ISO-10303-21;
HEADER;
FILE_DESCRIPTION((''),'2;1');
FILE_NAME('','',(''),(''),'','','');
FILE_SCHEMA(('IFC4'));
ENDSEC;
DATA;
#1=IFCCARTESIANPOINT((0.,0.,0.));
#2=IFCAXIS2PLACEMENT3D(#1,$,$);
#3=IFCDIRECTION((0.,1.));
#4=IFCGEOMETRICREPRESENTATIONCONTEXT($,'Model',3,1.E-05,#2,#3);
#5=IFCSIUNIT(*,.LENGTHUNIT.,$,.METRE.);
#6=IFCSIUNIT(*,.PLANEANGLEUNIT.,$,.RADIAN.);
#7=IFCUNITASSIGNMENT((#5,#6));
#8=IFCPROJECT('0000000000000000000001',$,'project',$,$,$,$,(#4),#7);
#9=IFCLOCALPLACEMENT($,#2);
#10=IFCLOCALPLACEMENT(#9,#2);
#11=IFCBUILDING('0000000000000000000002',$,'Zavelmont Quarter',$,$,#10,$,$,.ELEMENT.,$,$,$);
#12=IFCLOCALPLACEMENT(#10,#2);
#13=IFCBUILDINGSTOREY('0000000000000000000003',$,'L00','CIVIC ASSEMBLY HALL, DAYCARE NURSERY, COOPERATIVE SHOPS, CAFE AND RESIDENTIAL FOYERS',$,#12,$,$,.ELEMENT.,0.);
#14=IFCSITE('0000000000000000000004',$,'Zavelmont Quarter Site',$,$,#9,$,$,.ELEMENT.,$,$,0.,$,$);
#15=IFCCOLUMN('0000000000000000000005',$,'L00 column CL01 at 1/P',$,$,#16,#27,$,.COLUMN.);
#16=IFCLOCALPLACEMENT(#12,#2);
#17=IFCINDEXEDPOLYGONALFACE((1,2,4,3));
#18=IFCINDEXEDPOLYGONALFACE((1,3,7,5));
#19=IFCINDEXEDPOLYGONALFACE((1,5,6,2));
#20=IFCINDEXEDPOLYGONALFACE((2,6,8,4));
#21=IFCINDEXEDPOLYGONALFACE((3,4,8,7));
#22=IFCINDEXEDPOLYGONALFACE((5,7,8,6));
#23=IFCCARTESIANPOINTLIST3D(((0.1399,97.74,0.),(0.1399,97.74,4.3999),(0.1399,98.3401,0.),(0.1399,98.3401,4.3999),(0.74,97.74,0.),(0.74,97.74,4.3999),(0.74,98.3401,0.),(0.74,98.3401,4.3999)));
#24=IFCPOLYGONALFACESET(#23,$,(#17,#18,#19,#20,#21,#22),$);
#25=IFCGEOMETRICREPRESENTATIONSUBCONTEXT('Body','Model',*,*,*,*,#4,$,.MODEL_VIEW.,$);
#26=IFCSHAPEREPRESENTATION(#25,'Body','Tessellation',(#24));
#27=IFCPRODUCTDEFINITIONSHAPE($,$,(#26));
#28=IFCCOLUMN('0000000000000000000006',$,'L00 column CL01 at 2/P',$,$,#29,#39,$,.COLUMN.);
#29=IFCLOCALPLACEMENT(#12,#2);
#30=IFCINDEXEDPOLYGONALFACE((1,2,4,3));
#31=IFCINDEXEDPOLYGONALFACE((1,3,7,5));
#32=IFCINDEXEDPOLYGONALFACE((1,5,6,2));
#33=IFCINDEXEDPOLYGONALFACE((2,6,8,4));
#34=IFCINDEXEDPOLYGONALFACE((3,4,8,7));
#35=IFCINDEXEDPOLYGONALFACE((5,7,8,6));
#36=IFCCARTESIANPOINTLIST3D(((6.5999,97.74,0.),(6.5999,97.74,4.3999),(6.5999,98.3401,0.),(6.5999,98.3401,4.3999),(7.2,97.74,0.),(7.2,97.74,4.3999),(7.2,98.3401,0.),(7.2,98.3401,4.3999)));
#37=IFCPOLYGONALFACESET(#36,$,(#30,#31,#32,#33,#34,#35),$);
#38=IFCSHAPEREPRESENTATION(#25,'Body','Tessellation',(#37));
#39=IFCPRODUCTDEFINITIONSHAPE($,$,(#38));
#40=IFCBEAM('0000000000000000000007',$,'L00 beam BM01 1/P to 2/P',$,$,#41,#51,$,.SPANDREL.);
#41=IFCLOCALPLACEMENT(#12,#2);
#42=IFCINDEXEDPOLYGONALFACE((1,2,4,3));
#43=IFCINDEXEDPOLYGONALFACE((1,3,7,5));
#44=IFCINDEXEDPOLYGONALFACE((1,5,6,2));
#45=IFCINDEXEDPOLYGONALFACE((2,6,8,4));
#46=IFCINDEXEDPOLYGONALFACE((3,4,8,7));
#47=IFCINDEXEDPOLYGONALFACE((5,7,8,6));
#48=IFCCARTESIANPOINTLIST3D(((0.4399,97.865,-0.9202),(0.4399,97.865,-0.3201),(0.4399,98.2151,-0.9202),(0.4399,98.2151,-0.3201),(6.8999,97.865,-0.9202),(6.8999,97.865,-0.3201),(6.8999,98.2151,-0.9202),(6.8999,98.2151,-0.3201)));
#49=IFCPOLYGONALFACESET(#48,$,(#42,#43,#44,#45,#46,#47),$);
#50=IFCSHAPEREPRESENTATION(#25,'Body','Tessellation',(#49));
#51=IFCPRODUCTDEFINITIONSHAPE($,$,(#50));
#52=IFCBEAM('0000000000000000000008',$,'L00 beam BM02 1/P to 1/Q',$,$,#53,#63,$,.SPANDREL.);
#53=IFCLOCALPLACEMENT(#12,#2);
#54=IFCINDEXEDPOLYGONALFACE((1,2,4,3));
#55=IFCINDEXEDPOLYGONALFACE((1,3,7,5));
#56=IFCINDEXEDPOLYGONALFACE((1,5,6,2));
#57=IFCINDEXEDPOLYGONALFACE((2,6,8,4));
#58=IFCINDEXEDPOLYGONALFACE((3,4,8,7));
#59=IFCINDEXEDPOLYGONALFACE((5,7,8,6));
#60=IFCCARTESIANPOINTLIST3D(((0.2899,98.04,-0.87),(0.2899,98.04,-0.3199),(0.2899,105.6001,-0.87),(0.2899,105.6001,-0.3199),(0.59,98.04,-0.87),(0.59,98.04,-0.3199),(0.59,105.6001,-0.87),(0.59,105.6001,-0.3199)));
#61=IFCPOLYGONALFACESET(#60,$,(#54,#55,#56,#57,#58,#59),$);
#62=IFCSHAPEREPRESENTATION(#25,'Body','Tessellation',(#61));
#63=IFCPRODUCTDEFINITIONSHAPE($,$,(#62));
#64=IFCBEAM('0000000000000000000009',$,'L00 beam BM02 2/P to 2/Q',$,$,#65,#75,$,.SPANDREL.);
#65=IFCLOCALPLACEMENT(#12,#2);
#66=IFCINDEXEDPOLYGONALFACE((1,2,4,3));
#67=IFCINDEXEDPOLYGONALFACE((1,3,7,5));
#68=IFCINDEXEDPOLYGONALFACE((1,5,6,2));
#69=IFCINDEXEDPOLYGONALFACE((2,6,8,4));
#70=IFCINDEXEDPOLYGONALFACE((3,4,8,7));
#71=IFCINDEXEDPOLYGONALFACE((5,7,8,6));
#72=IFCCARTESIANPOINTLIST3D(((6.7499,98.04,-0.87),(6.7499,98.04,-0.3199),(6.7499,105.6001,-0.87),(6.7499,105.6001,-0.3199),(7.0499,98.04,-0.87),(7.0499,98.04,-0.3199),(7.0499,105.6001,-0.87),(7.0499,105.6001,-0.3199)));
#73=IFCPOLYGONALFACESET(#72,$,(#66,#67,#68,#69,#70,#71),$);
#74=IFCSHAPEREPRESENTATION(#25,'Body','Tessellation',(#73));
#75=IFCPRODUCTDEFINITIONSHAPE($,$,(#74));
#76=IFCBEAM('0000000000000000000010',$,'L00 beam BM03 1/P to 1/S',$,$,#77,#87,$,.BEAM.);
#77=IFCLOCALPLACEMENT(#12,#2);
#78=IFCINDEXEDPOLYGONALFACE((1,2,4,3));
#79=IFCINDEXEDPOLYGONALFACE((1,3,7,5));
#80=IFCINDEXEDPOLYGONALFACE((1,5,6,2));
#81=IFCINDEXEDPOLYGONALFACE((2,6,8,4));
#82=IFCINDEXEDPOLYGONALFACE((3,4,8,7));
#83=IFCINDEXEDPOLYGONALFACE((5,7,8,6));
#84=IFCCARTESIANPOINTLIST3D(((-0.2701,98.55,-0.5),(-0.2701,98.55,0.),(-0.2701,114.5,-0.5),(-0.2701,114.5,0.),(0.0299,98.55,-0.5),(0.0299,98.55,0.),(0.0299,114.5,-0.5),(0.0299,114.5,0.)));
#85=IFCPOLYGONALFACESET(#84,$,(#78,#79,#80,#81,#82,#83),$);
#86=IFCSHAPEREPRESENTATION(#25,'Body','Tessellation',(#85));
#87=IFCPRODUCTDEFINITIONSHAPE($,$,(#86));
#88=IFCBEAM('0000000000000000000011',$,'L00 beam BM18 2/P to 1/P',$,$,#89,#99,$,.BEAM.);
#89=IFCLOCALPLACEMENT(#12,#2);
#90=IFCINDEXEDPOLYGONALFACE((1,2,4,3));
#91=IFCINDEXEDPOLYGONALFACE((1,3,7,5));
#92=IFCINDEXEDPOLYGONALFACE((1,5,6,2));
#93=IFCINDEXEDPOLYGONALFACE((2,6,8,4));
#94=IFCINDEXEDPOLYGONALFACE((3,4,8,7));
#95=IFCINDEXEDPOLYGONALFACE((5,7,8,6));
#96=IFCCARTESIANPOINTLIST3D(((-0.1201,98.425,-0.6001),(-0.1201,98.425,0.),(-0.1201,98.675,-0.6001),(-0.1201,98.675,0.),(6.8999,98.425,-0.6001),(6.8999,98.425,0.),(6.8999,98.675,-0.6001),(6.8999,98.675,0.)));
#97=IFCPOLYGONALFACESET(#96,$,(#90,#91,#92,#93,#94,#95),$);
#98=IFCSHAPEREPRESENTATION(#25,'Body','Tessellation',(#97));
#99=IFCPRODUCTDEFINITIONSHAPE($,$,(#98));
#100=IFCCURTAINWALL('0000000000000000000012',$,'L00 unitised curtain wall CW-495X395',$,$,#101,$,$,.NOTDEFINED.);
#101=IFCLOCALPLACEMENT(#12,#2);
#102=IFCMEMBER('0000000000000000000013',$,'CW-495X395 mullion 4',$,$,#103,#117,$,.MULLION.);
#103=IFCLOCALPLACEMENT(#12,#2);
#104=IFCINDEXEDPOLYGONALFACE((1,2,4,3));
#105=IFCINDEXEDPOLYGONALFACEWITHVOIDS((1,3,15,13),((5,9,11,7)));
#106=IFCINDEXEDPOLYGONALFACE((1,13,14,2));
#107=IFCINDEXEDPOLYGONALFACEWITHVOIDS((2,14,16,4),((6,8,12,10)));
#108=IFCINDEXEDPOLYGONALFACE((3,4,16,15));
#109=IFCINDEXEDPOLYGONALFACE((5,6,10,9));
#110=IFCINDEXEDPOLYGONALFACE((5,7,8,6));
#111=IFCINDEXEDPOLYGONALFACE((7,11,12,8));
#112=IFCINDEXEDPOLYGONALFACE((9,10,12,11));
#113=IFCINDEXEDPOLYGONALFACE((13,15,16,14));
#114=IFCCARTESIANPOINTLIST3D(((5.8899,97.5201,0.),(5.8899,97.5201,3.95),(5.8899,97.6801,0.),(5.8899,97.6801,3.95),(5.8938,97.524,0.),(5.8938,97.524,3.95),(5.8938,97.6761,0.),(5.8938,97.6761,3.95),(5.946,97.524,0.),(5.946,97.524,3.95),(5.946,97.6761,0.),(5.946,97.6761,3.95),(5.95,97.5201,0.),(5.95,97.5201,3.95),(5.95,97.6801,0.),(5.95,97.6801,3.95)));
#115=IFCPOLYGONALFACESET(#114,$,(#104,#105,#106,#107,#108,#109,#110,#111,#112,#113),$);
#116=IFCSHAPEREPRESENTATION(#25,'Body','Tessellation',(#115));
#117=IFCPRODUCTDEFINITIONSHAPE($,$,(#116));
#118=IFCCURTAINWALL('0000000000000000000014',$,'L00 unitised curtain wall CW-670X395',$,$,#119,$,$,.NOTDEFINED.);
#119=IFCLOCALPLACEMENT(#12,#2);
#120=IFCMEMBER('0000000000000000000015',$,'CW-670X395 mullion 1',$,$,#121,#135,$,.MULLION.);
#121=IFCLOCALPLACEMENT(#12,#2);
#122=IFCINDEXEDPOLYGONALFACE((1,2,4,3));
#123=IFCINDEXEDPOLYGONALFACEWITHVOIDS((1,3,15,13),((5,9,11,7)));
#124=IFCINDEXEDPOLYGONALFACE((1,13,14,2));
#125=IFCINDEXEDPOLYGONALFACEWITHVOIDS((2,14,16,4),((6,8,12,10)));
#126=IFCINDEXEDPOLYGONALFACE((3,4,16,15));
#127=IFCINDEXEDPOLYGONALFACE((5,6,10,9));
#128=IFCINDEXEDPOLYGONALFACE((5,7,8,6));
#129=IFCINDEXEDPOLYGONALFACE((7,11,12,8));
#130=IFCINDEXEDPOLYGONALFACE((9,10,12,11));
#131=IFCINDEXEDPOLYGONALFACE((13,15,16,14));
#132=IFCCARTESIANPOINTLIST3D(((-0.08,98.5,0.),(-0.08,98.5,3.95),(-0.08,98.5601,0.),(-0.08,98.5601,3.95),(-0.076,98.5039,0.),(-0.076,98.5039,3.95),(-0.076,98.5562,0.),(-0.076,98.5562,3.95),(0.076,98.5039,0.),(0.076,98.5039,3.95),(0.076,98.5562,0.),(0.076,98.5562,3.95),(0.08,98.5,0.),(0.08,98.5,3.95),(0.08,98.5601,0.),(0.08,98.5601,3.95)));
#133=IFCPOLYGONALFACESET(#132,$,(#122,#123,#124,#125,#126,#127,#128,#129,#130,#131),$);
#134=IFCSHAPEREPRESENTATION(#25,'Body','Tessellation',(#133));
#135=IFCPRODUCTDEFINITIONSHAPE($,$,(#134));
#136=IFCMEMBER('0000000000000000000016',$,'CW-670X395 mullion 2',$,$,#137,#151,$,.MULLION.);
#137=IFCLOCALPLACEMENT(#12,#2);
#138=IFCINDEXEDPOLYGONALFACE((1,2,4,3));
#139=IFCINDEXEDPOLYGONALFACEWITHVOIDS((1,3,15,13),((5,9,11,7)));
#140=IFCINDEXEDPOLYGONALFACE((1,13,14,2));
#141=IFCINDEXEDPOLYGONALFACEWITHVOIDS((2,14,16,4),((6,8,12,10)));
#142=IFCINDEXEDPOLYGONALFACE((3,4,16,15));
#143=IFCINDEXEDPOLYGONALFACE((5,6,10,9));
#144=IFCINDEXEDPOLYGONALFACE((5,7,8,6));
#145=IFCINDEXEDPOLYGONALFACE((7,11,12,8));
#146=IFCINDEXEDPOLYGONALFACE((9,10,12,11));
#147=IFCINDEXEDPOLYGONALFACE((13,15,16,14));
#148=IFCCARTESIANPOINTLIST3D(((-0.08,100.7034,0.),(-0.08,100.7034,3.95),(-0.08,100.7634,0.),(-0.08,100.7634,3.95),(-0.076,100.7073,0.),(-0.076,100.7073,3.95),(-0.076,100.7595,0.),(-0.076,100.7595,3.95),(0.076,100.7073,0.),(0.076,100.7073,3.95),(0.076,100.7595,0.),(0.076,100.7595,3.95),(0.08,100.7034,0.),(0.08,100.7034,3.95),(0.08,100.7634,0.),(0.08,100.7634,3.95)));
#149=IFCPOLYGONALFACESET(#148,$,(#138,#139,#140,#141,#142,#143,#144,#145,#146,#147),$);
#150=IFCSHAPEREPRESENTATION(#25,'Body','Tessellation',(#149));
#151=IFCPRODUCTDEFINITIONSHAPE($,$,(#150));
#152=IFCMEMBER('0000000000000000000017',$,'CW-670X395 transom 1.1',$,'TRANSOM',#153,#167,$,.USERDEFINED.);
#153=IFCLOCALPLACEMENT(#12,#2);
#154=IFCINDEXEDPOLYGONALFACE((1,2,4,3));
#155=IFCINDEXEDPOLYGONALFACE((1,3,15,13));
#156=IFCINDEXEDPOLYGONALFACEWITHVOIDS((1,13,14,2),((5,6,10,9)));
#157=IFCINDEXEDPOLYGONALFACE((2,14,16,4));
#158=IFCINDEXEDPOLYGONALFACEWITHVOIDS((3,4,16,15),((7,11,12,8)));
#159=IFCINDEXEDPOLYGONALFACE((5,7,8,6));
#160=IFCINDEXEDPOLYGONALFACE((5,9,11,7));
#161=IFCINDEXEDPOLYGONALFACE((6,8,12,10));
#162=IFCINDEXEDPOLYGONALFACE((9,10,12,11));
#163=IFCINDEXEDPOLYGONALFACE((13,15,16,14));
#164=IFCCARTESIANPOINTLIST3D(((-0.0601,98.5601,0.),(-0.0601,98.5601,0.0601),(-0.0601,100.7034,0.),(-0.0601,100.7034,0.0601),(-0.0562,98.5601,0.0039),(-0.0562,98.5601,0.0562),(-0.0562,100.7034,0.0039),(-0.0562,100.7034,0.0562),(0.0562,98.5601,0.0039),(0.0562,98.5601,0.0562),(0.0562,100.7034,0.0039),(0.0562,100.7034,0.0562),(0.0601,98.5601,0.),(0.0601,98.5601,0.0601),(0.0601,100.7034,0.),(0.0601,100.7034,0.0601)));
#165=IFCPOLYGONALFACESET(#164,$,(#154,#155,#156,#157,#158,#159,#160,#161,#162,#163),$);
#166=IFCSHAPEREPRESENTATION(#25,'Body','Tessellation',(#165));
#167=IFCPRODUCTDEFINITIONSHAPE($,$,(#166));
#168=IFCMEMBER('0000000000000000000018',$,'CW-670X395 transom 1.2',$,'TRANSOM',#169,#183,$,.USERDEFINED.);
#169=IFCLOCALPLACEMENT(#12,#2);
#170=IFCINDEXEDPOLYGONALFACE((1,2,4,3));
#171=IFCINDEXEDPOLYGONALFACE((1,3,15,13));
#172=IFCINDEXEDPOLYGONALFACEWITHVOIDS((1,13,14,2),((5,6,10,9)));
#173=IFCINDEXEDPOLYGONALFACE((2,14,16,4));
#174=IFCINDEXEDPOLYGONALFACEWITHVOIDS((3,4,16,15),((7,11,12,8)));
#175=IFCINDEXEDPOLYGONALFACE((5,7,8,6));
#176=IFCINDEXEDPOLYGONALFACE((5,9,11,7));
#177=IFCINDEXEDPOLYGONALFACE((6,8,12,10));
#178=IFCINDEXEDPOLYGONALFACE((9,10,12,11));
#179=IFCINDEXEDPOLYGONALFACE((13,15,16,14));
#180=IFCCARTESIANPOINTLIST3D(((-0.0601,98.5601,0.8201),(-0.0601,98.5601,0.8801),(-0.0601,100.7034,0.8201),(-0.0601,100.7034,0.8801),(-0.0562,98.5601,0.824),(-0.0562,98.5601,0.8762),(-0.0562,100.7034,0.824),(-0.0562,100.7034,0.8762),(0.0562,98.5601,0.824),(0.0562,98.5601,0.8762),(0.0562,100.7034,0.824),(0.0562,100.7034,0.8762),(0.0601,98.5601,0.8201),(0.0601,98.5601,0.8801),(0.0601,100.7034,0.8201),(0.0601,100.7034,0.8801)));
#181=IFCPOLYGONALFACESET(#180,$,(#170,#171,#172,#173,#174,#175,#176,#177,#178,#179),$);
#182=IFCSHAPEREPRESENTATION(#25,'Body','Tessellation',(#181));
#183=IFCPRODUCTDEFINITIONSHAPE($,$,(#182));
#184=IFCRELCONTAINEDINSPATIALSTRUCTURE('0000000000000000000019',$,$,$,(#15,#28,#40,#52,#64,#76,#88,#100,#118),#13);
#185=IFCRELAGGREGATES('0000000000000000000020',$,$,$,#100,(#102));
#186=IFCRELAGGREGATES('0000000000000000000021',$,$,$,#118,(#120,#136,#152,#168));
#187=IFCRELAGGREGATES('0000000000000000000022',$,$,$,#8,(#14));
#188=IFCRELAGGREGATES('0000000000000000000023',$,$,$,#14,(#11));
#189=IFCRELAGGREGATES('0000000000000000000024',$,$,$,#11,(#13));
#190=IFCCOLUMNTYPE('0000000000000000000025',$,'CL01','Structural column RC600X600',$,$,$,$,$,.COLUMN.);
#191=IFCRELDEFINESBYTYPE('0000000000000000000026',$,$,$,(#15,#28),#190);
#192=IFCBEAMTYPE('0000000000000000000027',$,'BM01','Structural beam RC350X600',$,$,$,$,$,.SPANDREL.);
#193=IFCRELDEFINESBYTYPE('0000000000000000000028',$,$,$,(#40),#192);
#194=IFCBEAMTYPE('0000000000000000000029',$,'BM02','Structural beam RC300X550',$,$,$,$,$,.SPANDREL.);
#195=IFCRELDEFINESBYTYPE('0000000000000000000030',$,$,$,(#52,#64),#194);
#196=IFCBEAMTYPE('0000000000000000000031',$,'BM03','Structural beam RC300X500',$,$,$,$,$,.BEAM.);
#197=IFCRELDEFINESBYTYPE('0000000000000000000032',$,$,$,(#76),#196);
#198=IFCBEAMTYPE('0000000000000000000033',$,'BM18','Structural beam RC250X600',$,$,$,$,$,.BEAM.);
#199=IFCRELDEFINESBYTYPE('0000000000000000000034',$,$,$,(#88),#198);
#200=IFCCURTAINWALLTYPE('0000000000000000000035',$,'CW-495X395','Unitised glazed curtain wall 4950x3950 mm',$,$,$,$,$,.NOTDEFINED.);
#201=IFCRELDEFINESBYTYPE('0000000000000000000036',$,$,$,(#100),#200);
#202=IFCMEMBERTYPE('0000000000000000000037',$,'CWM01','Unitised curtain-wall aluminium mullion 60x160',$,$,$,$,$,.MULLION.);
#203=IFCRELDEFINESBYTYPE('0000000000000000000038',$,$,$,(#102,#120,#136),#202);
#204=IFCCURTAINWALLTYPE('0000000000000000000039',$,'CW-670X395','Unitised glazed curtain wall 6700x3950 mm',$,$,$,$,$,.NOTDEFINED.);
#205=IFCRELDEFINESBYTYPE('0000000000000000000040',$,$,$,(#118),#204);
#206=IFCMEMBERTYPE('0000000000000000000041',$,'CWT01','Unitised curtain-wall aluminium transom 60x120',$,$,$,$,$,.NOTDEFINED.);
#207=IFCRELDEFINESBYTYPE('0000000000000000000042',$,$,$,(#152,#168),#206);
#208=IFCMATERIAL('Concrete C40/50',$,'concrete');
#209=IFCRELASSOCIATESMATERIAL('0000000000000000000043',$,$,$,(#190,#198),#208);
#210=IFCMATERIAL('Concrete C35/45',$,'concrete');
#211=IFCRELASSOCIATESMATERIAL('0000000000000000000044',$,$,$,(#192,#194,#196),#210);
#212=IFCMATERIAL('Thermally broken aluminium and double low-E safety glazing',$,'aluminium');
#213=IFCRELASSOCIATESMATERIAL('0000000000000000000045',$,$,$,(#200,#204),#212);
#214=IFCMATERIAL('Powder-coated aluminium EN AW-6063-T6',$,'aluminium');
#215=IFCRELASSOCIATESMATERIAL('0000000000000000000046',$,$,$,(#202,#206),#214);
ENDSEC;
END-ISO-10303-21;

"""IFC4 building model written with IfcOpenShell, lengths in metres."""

from ifc_helpers import new_model, si_unit, direction, frame, origin, origin_2d, place, context, subcontext, project, spatial, rectangle, hollow_rectangle, extrude, material, material_profile, profile_set, type_object, element, aggregate, save


model = new_model("IFC4")

# Units and contexts
model_context = context("Model", 3, precision=1e-05, world=origin(), true_north=direction((0.0, 1.0)))
body_context = subcontext(model_context, "Body", "Model", "MODEL_VIEW")
ifc_project = project(units=[si_unit("LENGTHUNIT", "METRE"), si_unit("PLANEANGLEUNIT", "RADIAN")], contexts=[model_context])

# Site, building, storey
site_placement = place(None, origin())
site = spatial("IfcSite", under=ifc_project, at=site_placement, Name="Zavelmont Quarter Site", CompositionType="ELEMENT", RefElevation=0.0)
building_placement = place(site_placement, origin())
building = spatial("IfcBuilding", under=site, at=building_placement, Name="Zavelmont Quarter", CompositionType="ELEMENT")
storey_placement = place(building_placement, origin())
storey = spatial("IfcBuildingStorey", under=building, at=storey_placement, Name="L00", Description="CIVIC ASSEMBLY HALL, DAYCARE NURSERY, COOPERATIVE SHOPS, CAFE AND RESIDENTIAL FOYERS", CompositionType="ELEMENT", Elevation=0.0)

# Columns
ifc_material_1 = material(Name="Concrete C40/50", Category="concrete")
ifc_material_profile_1 = material_profile(ifc_material_1, rectangle(XDim=0.6001, YDim=0.6001, at=origin_2d()), Name="RC600X600")
ifc_profile_set_1 = profile_set([ifc_material_profile_1], Name="Concrete C40/50")
column_type = type_object("IfcColumnType", Name="CL01", Description="Structural column RC600X600", PredefinedType="COLUMN", material=ifc_profile_set_1)
for number, where, z_axis, x_axis, name in (
    (1, (0.4399, 98.04, 0.0), (0.0, 0.0, 1.0), (1.0, 0.0, 0.0), "L00 column CL01 at 1/P"),
    (2, (6.8999, 98.04, 0.0), (0.0, 0.0, 1.0), (1.0, 0.0, 0.0), "L00 column CL01 at 2/P"),
):
    element("IfcColumn", number, at=place(storey_placement, frame(where, z_axis=z_axis, x_axis=x_axis)), inside=storey, type_object=column_type, Name=name, PredefinedType="COLUMN", context=body_context, shape_type="SweptSolid", body=[
        extrude(rectangle(XDim=0.6001, YDim=0.6001, at=origin_2d()), origin(), (0.0, 0.0, 1.0), 4.3999),
    ])

# Beams
ifc_material_2 = material(Name="Concrete C35/45", Category="concrete")
ifc_material_profile_2 = material_profile(ifc_material_2, rectangle(XDim=0.3501, YDim=0.6001, at=origin_2d()), Name="RC350X600")
ifc_profile_set_2 = profile_set([ifc_material_profile_2], Name="Concrete C35/45")
beam_type_1 = type_object("IfcBeamType", Name="BM01", Description="Structural beam RC350X600", PredefinedType="SPANDREL", material=ifc_profile_set_2)
beam_1_placement = place(storey_placement, frame((0.4399, 98.04, -0.6201), z_axis=(1.0, 0.0, 0.0), x_axis=(0.0, 1.0, 0.0)))
element("IfcBeam", 3, at=beam_1_placement, inside=storey, type_object=beam_type_1, Name="L00 beam BM01 1/P to 2/P", PredefinedType="SPANDREL", context=body_context, shape_type="SweptSolid", body=[
    extrude(rectangle(XDim=0.3501, YDim=0.6001, at=origin_2d()), origin(), (0.0, 0.0, 1.0), 6.46),
])
ifc_material_profile_3 = material_profile(ifc_material_2, rectangle(XDim=0.3, YDim=0.55, at=origin_2d()), Name="RC300X550")
ifc_profile_set_3 = profile_set([ifc_material_profile_3], Name="Concrete C35/45")
beam_type_2 = type_object("IfcBeamType", Name="BM02", Description="Structural beam RC300X550", PredefinedType="SPANDREL", material=ifc_profile_set_3)
for number, where, z_axis, x_axis, name in (
    (4, (0.4399, 98.04, -0.595), (0.0, 1.0, 0.0), (-1.0, 0.0, 0.0), "L00 beam BM02 1/P to 1/Q"),
    (5, (6.8999, 98.04, -0.595), (0.0, 1.0, 0.0), (-1.0, 0.0, 0.0), "L00 beam BM02 2/P to 2/Q"),
):
    element("IfcBeam", number, at=place(storey_placement, frame(where, z_axis=z_axis, x_axis=x_axis)), inside=storey, type_object=beam_type_2, Name=name, PredefinedType="SPANDREL", context=body_context, shape_type="SweptSolid", body=[
        extrude(rectangle(XDim=0.3, YDim=0.55, at=origin_2d()), origin(), (0.0, 0.0, 1.0), 7.5601),
    ])
ifc_material_profile_4 = material_profile(ifc_material_2, rectangle(XDim=0.3, YDim=0.5, at=origin_2d()), Name="RC300X500")
ifc_profile_set_4 = profile_set([ifc_material_profile_4], Name="Concrete C35/45")
beam_type_3 = type_object("IfcBeamType", Name="BM03", Description="Structural beam RC300X500", PredefinedType="BEAM", material=ifc_profile_set_4)
beam_2_placement = place(storey_placement, frame((-0.1201, 98.55, -0.25), z_axis=(0.0, 1.0, 0.0), x_axis=(-1.0, 0.0, 0.0)))
element("IfcBeam", 6, at=beam_2_placement, inside=storey, type_object=beam_type_3, Name="L00 beam BM03 1/P to 1/S", PredefinedType="BEAM", context=body_context, shape_type="SweptSolid", body=[
    extrude(rectangle(XDim=0.3, YDim=0.5, at=origin_2d()), origin(), (0.0, 0.0, 1.0), 15.95),
])
ifc_material_profile_5 = material_profile(ifc_material_1, rectangle(XDim=0.25, YDim=0.6001, at=origin_2d()), Name="RC250X600")
ifc_profile_set_5 = profile_set([ifc_material_profile_5], Name="Concrete C40/50")
beam_type_4 = type_object("IfcBeamType", Name="BM18", Description="Structural beam RC250X600", PredefinedType="BEAM", material=ifc_profile_set_5)
beam_3_placement = place(storey_placement, frame((6.8999, 98.55, -0.3), z_axis=(-1.0, 0.0, 0.0), x_axis=(0.0, -1.0, 0.0)))
element("IfcBeam", 7, at=beam_3_placement, inside=storey, type_object=beam_type_4, Name="L00 beam BM18 2/P to 1/P", PredefinedType="BEAM", context=body_context, shape_type="SweptSolid", body=[
    extrude(rectangle(XDim=0.25, YDim=0.6001, at=origin_2d()), origin(), (0.0, 0.0, 1.0), 7.02),
])

# Curtain wall, member
ifc_material_3 = material(Name="Thermally broken aluminium and double low-E safety glazing", Category="aluminium")
curtain_wall_type_1 = type_object("IfcCurtainWallType", Name="CW-495X395", Description="Unitised glazed curtain wall 4950x3950 mm", PredefinedType="NOTDEFINED", material=ifc_material_3)
curtain_wall_1_placement = place(storey_placement, origin())
curtain_wall_1 = element("IfcCurtainWall", 8, at=curtain_wall_1_placement, inside=storey, type_object=curtain_wall_type_1, Name="L00 unitised curtain wall CW-495X395", PredefinedType="NOTDEFINED")
ifc_material_4 = material(Name="Powder-coated aluminium EN AW-6063-T6", Category="aluminium")
ifc_material_profile_6 = material_profile(ifc_material_4, hollow_rectangle(XDim=0.0601, YDim=0.1599, WallThickness=0.0039, at=origin_2d()), Name="CWM60X160")
ifc_profile_set_6 = profile_set([ifc_material_profile_6], Name="Powder-coated aluminium EN AW-6063-T6")
member_type_1 = type_object("IfcMemberType", Name="CWM01", Description="Unitised curtain-wall aluminium mullion 60x160", PredefinedType="MULLION", material=ifc_profile_set_6)
member_1_placement = place(storey_placement, frame((5.9199, 97.6001, 0.0), z_axis=(0.0, 0.0, 1.0), x_axis=(1.0, 0.0, 0.0)))
member_1 = element("IfcMember", 9, at=member_1_placement, type_object=member_type_1, Name="CW-495X395 mullion 4", PredefinedType="MULLION", context=body_context, shape_type="SweptSolid", body=[
    extrude(hollow_rectangle(XDim=0.0601, YDim=0.1599, WallThickness=0.0039, at=origin_2d()), origin(), (0.0, 0.0, 1.0), 3.95),
])

# Curtain wall, members
curtain_wall_type_2 = type_object("IfcCurtainWallType", Name="CW-670X395", Description="Unitised glazed curtain wall 6700x3950 mm", PredefinedType="NOTDEFINED", material=ifc_material_3)
curtain_wall_2_placement = place(storey_placement, origin())
curtain_wall_2 = element("IfcCurtainWall", 10, at=curtain_wall_2_placement, inside=storey, type_object=curtain_wall_type_2, Name="L00 unitised curtain wall CW-670X395", PredefinedType="NOTDEFINED")
member_2_placement = place(storey_placement, frame((0.0, 98.53, 0.0), z_axis=(0.0, 0.0, 1.0), x_axis=(0.0, 1.0, 0.0)))
member_2 = element("IfcMember", 11, at=member_2_placement, type_object=member_type_1, Name="CW-670X395 mullion 1", PredefinedType="MULLION", context=body_context, shape_type="SweptSolid", body=[
    extrude(hollow_rectangle(XDim=0.0601, YDim=0.1599, WallThickness=0.0039, at=origin_2d()), origin(), (0.0, 0.0, 1.0), 3.95),
])
member_3_placement = place(storey_placement, frame((0.0, 100.7334, 0.0), z_axis=(0.0, 0.0, 1.0), x_axis=(0.0, 1.0, 0.0)))
member_3 = element("IfcMember", 12, at=member_3_placement, type_object=member_type_1, Name="CW-670X395 mullion 2", PredefinedType="MULLION", context=body_context, shape_type="SweptSolid", body=[
    extrude(hollow_rectangle(XDim=0.0601, YDim=0.1599, WallThickness=0.0039, at=origin_2d()), origin(), (0.0, 0.0, 1.0), 3.95),
])
ifc_material_profile_7 = material_profile(ifc_material_4, hollow_rectangle(XDim=0.1201, YDim=0.0601, WallThickness=0.0039, at=origin_2d()), Name="CWT60X120")
ifc_profile_set_7 = profile_set([ifc_material_profile_7], Name="Powder-coated aluminium EN AW-6063-T6")
member_type_2 = type_object("IfcMemberType", Name="CWT01", Description="Unitised curtain-wall aluminium transom 60x120", PredefinedType="NOTDEFINED", material=ifc_profile_set_7)
member_4_placement = place(storey_placement, frame((0.0, 98.5601, 0.03), z_axis=(0.0, 1.0, 0.0), x_axis=(-1.0, 0.0, 0.0)))
member_4 = element("IfcMember", 13, at=member_4_placement, type_object=member_type_2, Name="CW-670X395 transom 1.1", ObjectType="TRANSOM", PredefinedType="USERDEFINED", context=body_context, shape_type="SweptSolid", body=[
    extrude(hollow_rectangle(XDim=0.1201, YDim=0.0601, WallThickness=0.0039, at=origin_2d()), origin(), (0.0, 0.0, 1.0), 2.1433),
])
member_5_placement = place(storey_placement, frame((0.0, 98.5601, 0.8501), z_axis=(0.0, 1.0, 0.0), x_axis=(-1.0, 0.0, 0.0)))
member_5 = element("IfcMember", 14, at=member_5_placement, type_object=member_type_2, Name="CW-670X395 transom 1.2", ObjectType="TRANSOM", PredefinedType="USERDEFINED", context=body_context, shape_type="SweptSolid", body=[
    extrude(hollow_rectangle(XDim=0.1201, YDim=0.0601, WallThickness=0.0039, at=origin_2d()), origin(), (0.0, 0.0, 1.0), 2.1433),
])

aggregate(curtain_wall_1, [member_1])
aggregate(curtain_wall_2, [member_2, member_3, member_4, member_5])

save(model, "model.ifc")
